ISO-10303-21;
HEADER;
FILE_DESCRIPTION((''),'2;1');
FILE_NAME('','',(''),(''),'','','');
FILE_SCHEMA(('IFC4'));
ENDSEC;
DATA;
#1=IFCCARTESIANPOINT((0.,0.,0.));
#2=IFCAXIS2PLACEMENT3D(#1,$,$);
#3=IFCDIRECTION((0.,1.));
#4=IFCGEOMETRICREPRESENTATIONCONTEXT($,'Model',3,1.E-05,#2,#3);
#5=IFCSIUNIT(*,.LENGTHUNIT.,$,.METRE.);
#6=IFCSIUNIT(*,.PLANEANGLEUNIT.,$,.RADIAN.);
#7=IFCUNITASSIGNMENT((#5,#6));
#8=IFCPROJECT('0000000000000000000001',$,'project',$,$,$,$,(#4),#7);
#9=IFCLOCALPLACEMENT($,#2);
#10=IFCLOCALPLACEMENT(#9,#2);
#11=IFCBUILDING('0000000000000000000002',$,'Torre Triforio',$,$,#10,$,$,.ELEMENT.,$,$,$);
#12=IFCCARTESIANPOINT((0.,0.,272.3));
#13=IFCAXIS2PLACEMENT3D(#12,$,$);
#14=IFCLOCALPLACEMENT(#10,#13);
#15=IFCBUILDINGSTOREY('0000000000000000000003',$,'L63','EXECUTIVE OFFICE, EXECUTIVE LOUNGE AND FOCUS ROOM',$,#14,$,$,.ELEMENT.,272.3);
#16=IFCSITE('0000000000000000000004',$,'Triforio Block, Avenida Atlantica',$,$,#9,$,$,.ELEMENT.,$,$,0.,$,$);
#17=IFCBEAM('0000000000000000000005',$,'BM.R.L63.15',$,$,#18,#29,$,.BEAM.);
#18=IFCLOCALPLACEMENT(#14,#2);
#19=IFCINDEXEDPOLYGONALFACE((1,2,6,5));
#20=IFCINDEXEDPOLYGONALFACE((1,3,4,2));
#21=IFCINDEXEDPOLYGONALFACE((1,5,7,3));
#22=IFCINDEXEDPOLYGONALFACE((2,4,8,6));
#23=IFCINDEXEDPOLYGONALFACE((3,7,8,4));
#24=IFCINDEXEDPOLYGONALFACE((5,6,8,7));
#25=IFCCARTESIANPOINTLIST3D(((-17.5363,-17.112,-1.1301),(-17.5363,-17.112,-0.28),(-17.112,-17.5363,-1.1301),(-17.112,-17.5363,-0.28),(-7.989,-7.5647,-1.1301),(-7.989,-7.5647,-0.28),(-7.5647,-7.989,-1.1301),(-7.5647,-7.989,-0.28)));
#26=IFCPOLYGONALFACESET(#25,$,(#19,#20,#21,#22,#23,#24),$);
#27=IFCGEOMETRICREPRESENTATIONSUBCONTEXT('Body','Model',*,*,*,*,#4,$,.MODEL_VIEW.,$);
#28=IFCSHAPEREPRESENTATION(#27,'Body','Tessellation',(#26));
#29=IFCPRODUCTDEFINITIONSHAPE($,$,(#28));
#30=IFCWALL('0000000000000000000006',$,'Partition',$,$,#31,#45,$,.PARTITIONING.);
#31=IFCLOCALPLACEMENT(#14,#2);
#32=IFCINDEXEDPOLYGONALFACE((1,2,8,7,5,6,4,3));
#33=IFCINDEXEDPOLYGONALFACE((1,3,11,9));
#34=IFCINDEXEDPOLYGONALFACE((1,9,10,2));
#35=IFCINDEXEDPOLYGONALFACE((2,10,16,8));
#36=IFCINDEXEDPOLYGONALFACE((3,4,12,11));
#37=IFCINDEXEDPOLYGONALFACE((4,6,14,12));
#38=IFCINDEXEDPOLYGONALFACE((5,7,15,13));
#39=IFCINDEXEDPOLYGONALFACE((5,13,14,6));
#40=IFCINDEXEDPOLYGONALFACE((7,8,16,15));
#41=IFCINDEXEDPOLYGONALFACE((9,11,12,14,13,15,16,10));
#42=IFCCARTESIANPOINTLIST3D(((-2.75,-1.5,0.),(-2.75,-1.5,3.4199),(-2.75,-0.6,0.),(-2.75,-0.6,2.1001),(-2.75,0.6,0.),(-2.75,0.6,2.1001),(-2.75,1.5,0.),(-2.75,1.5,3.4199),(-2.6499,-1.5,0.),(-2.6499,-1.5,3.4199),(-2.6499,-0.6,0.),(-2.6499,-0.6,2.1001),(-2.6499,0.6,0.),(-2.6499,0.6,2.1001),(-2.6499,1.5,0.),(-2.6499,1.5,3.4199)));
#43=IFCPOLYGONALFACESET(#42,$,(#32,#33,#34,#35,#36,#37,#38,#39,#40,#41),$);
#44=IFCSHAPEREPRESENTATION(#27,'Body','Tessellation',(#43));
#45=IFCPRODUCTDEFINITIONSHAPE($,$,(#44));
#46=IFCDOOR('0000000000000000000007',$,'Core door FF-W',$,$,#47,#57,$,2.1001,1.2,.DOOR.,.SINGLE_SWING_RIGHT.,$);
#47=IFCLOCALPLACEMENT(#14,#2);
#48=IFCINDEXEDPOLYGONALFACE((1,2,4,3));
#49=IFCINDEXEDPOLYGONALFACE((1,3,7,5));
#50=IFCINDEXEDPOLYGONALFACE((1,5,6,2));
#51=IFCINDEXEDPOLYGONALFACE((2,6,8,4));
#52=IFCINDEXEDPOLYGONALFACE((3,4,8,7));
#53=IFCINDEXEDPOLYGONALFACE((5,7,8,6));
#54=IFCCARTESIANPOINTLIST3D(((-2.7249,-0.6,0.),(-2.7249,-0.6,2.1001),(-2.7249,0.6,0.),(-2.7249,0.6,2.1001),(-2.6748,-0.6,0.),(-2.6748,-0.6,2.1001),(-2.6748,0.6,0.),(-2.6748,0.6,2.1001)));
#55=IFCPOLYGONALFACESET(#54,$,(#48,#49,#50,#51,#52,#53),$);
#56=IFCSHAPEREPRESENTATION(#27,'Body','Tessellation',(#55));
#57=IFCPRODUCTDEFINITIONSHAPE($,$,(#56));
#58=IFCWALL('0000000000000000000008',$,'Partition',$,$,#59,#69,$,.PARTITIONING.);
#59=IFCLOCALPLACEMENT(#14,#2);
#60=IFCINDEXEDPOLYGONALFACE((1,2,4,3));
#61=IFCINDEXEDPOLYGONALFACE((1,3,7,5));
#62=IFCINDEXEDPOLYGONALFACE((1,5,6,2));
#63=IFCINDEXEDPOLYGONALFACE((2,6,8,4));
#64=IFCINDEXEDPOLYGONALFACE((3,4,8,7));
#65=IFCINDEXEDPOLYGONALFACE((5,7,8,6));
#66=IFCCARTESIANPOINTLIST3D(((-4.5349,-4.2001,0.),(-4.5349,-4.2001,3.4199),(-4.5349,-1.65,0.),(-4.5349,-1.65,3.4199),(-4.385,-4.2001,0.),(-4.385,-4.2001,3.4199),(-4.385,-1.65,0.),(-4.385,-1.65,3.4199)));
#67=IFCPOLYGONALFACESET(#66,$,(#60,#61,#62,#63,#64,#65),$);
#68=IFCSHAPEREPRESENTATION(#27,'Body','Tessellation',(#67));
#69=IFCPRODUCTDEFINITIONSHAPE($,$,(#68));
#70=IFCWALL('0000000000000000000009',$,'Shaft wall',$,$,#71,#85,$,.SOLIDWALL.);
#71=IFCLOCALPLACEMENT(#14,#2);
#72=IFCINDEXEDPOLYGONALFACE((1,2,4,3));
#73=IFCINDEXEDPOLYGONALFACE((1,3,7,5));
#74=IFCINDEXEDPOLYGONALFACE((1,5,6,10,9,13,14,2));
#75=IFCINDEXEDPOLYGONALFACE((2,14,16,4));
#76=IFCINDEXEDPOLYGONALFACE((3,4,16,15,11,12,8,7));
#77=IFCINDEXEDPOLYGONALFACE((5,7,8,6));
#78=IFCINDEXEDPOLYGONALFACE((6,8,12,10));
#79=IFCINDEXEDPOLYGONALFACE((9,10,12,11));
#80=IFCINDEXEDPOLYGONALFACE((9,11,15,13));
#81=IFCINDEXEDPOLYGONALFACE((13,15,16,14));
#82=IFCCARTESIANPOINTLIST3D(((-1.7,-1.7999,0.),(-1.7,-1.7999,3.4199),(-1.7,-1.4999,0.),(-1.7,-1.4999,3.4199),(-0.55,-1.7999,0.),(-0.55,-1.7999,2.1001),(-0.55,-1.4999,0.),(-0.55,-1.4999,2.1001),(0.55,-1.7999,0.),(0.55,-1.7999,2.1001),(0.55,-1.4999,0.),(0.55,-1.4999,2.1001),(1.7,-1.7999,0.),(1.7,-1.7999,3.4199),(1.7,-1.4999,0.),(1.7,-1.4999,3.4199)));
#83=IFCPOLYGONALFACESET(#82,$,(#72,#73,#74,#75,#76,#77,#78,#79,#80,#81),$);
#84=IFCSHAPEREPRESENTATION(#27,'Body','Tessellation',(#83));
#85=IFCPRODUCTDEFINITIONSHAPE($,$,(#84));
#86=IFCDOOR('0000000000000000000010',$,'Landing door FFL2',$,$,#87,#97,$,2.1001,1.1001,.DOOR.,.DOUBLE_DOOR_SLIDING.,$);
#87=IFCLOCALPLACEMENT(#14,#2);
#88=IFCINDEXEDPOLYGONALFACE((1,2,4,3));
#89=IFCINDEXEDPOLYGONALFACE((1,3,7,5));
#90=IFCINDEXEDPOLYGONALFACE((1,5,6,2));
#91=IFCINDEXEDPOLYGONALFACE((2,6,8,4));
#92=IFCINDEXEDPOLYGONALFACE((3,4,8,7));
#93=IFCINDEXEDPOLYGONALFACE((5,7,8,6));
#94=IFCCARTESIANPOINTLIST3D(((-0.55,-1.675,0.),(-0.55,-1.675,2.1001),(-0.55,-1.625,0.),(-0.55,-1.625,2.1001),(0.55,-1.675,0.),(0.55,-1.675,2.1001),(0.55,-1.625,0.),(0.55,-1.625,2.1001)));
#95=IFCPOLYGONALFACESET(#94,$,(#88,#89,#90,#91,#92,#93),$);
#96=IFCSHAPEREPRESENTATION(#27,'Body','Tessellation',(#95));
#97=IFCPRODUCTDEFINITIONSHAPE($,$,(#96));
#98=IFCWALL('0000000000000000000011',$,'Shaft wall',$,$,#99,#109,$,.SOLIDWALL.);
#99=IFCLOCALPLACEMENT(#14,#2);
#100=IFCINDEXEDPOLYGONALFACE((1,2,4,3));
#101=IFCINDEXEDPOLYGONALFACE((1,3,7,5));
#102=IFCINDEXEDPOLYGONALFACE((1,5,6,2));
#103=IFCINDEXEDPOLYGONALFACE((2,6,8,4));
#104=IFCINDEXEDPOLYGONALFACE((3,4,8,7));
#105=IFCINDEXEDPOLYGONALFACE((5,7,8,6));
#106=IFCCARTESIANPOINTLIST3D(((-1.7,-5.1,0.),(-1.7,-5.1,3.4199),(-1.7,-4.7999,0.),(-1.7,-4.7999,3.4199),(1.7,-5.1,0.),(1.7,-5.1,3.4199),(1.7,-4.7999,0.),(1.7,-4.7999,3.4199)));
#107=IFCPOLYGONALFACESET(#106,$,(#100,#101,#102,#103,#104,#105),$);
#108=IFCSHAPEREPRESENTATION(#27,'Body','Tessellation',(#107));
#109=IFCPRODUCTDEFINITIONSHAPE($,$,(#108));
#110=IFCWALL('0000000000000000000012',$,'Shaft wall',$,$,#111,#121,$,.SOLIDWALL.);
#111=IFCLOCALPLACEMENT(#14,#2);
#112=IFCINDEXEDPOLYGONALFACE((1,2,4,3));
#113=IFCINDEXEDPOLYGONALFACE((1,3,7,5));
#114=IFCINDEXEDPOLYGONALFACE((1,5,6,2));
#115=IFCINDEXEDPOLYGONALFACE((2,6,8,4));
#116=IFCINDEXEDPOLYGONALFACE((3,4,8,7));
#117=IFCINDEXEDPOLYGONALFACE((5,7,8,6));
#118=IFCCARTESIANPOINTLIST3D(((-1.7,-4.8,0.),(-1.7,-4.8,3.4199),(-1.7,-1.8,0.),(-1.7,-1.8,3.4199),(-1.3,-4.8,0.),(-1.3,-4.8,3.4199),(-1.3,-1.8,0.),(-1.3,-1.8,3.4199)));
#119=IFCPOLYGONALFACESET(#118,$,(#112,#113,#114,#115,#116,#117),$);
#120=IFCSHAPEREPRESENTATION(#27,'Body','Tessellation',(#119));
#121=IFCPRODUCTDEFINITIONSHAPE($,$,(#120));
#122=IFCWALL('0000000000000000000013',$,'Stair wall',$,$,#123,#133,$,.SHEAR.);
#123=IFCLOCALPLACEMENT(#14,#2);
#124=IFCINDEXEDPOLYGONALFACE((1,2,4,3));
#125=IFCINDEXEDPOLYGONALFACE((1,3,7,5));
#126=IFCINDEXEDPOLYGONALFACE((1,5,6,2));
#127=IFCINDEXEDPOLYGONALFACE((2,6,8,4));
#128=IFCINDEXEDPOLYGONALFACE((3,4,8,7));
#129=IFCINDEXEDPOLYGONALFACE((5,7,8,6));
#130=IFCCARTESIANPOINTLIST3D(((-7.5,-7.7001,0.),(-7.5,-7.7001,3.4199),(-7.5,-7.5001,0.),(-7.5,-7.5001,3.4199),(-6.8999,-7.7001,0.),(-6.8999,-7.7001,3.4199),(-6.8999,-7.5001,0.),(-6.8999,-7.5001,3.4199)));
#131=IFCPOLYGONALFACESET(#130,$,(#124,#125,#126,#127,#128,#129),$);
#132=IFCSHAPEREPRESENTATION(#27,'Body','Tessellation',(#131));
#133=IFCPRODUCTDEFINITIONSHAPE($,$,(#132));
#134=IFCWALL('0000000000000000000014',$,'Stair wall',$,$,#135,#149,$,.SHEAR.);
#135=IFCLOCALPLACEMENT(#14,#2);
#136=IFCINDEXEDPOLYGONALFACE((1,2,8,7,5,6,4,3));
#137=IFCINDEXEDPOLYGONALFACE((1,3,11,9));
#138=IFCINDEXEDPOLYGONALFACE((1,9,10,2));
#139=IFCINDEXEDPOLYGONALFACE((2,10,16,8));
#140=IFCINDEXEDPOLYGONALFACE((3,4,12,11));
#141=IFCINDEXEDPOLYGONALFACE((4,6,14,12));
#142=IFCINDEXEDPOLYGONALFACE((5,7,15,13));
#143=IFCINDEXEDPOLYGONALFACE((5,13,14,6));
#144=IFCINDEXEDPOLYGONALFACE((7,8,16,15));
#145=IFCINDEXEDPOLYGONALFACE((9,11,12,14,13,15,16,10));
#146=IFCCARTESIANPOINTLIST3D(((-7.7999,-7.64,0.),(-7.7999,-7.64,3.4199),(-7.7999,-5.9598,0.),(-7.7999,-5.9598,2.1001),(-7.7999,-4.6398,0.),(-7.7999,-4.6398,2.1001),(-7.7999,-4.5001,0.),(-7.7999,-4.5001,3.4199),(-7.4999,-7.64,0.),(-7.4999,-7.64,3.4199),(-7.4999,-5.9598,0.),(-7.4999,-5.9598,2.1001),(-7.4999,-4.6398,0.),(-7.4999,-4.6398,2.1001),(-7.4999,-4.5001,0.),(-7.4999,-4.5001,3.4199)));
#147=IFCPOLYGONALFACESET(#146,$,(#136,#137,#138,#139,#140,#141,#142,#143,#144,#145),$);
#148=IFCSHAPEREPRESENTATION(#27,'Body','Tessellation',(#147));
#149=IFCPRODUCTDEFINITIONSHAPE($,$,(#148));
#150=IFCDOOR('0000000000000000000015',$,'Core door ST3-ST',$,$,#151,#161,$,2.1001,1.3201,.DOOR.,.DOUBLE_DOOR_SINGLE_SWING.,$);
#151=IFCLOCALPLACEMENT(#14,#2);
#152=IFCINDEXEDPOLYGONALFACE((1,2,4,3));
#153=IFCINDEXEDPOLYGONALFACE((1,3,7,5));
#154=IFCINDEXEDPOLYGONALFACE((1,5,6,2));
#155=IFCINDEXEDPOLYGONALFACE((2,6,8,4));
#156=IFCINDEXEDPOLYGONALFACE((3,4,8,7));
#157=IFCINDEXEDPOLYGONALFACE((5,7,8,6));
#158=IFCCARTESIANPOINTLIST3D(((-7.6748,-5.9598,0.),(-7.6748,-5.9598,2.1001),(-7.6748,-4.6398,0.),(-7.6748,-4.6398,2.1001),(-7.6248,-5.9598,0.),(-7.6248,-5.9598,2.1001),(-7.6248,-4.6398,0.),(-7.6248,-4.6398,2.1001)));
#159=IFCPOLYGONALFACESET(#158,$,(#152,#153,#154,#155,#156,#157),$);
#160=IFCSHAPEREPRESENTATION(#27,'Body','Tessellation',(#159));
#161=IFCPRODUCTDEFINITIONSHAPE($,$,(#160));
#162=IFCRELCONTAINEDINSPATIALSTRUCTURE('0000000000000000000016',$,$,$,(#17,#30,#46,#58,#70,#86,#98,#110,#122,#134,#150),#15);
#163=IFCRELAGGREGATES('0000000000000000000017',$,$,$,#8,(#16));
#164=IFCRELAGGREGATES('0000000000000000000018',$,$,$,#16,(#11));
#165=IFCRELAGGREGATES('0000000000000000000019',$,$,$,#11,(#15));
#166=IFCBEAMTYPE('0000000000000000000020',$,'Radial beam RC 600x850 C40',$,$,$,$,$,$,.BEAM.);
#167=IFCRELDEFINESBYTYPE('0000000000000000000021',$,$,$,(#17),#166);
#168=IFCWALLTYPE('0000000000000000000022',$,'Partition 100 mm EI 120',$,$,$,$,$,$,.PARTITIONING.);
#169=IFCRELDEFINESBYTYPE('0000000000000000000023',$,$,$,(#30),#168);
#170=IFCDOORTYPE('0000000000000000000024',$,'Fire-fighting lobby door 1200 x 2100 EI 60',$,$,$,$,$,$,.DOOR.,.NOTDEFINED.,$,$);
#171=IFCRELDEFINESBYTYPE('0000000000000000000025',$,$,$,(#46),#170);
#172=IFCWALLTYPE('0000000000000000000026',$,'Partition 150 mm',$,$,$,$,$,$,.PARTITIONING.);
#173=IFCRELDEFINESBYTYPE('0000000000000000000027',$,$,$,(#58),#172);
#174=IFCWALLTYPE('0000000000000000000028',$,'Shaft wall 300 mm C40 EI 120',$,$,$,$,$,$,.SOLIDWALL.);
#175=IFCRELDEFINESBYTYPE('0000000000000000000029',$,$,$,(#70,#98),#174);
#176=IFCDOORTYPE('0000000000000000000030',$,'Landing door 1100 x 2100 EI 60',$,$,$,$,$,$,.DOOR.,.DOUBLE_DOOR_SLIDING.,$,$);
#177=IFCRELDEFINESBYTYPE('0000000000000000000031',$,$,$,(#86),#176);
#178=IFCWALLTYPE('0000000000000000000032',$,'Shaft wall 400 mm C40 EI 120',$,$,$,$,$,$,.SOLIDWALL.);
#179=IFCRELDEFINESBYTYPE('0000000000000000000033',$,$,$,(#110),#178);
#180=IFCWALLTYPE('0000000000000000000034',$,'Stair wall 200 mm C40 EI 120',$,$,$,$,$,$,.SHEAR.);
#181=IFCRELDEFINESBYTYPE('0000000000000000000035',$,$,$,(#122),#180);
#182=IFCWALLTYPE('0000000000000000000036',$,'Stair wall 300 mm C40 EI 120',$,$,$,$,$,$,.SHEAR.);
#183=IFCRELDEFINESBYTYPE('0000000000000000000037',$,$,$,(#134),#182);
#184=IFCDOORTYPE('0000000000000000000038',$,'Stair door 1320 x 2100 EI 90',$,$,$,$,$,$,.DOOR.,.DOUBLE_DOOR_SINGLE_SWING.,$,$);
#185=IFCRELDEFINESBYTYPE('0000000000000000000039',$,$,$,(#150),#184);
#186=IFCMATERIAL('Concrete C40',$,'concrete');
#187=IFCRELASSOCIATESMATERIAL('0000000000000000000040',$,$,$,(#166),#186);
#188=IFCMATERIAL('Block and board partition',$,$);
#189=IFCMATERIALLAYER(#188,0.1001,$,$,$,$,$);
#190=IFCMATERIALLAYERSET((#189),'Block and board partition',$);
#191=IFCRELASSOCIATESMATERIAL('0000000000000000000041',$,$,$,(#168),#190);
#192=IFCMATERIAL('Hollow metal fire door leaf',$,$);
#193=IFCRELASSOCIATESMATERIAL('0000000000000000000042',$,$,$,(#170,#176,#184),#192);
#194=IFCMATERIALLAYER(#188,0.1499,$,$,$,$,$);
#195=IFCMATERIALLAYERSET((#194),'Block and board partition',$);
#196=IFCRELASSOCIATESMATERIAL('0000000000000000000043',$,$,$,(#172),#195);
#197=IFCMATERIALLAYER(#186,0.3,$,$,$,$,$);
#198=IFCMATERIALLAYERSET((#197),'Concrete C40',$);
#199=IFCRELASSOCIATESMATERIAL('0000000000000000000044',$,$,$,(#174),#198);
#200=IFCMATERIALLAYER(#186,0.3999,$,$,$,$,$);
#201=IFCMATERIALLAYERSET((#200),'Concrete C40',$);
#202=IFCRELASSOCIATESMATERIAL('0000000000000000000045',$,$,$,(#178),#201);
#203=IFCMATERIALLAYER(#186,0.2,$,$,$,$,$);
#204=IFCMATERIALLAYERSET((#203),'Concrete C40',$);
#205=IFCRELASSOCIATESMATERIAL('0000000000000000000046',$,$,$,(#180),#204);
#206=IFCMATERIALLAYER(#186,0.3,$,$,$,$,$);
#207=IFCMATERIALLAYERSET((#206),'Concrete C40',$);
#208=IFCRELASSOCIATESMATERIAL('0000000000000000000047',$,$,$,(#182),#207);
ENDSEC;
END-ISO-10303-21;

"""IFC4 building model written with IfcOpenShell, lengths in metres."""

from ifc_helpers import new_model, si_unit, direction, frame, frame_2d, origin, origin_2d, place, context, subcontext, project, spatial, rectangle, extrude, material, layer, layer_set, material_profile, profile_set, type_object, element, fill, save


model = new_model("IFC4")

# Units and contexts
model_context = context("Model", 3, precision=1e-05, world=origin(), true_north=direction((0.0, 1.0)))
body_context = subcontext(model_context, "Body", "Model", "MODEL_VIEW")
ifc_project = project(units=[si_unit("LENGTHUNIT", "METRE"), si_unit("PLANEANGLEUNIT", "RADIAN")], contexts=[model_context])

# Site, building, storey
site_placement = place(None, origin())
site = spatial("IfcSite", under=ifc_project, at=site_placement, Name="Triforio Block, Avenida Atlantica", CompositionType="ELEMENT", RefElevation=0.0)
building_placement = place(site_placement, origin())
building = spatial("IfcBuilding", under=site, at=building_placement, Name="Torre Triforio", CompositionType="ELEMENT")
storey_placement = place(building_placement, frame((0.0, 0.0, 272.3)))
storey = spatial("IfcBuildingStorey", under=building, at=storey_placement, Name="L63", Description="EXECUTIVE OFFICE, EXECUTIVE LOUNGE AND FOCUS ROOM", CompositionType="ELEMENT", Elevation=272.3)

# Beam
ifc_material_1 = material(Name="Concrete C40", Category="concrete")
ifc_material_profile = material_profile(ifc_material_1, rectangle(XDim=0.6001, YDim=0.8501, at=origin_2d()), Name="RC 600x850")
ifc_profile_set = profile_set([ifc_material_profile], Name="Concrete C40")
beam_type = type_object("IfcBeamType", Name="Radial beam RC 600x850 C40", PredefinedType="BEAM", material=ifc_profile_set)
beam_placement = place(storey_placement, frame((-7.7769, -7.7769, -0.7051), z_axis=(-0.707107, -0.707107, 0.0), x_axis=(0.707107, -0.707107, 0.0)))
element("IfcBeam", 1, at=beam_placement, inside=storey, type_object=beam_type, Name="BM.R.L63.15", PredefinedType="BEAM", context=body_context, shape_type="SweptSolid", body=[
    extrude(rectangle(XDim=0.6001, YDim=0.8501, at=origin_2d()), origin(), (0.0, 0.0, 1.0), 13.502),
])

# Wall, opening, door
ifc_material_2 = material(Name="Block and board partition")
ifc_layer_1 = layer(ifc_material_2, 0.1001)
ifc_layer_set_1 = layer_set([ifc_layer_1], Name="Block and board partition")
wall_type_1 = type_object("IfcWallType", Name="Partition 100 mm EI 120", PredefinedType="PARTITIONING", material=ifc_layer_set_1)
wall_1_placement = place(storey_placement, frame((-2.7, -1.5, 0.0), z_axis=(0.0, 0.0, 1.0), x_axis=(0.0, 1.0, 0.0)))
wall_1 = element("IfcWall", 2, at=wall_1_placement, inside=storey, type_object=wall_type_1, Name="Partition", PredefinedType="PARTITIONING", context=body_context, shape_type="SweptSolid", body=[
    extrude(rectangle(XDim=3.0, YDim=0.1001, at=frame_2d((1.5, 0.0))), origin(), (0.0, 0.0, 1.0), 3.4199),
])
opening_1_placement = place(wall_1_placement, frame((0.8999, 0.0, 0.0)))
opening_1 = element("IfcOpeningElement", 3, at=opening_1_placement, cuts=wall_1, PredefinedType="OPENING", context=body_context, shape_type="SweptSolid", body=[
    extrude(rectangle(XDim=1.2, YDim=2.1001, at=frame_2d((0.6001, 1.05))), frame((0.0, 0.0601, 0.0), z_axis=(0.0, -1.0, 0.0), x_axis=(1.0, 0.0, 0.0)), (0.0, 0.0, 1.0), 0.1201),
])
ifc_material_3 = material(Name="Hollow metal fire door leaf")
door_type_1 = type_object("IfcDoorType", Name="Fire-fighting lobby door 1200 x 2100 EI 60", OperationType="NOTDEFINED", PredefinedType="DOOR", material=ifc_material_3)
door_1_placement = place(opening_1_placement, origin())
door_1 = element("IfcDoor", 4, at=door_1_placement, inside=storey, type_object=door_type_1, Name="Core door FF-W", OperationType="SINGLE_SWING_RIGHT", OverallHeight=2.1001, OverallWidth=1.2, PredefinedType="DOOR", context=body_context, shape_type="SweptSolid", body=[
    extrude(rectangle(XDim=1.2, YDim=2.1001, at=frame_2d((0.6001, 1.05))), frame((0.0, 0.0249, 0.0), z_axis=(0.0, -1.0, 0.0), x_axis=(1.0, 0.0, 0.0)), (0.0, 0.0, 1.0), 0.05),
])
fill(opening_1, door_1)

# Wall
ifc_layer_2 = layer(ifc_material_2, 0.1499)
ifc_layer_set_2 = layer_set([ifc_layer_2], Name="Block and board partition")
wall_type_2 = type_object("IfcWallType", Name="Partition 150 mm", PredefinedType="PARTITIONING", material=ifc_layer_set_2)
wall_2_placement = place(storey_placement, frame((-4.46, -4.2, 0.0), z_axis=(0.0, 0.0, 1.0), x_axis=(0.0, 1.0, 0.0)))
element("IfcWall", 5, at=wall_2_placement, inside=storey, type_object=wall_type_2, Name="Partition", PredefinedType="PARTITIONING", context=body_context, shape_type="SweptSolid", body=[
    extrude(rectangle(XDim=2.55, YDim=0.1499, at=frame_2d((1.2749, 0.0))), origin(), (0.0, 0.0, 1.0), 3.4199),
])

# Wall, opening, door
ifc_layer_3 = layer(ifc_material_1, 0.3)
ifc_layer_set_3 = layer_set([ifc_layer_3], Name="Concrete C40")
wall_type_3 = type_object("IfcWallType", Name="Shaft wall 300 mm C40 EI 120", PredefinedType="SOLIDWALL", material=ifc_layer_set_3)
wall_3_placement = place(storey_placement, frame((-1.7, -1.6499, 0.0), z_axis=(0.0, 0.0, 1.0), x_axis=(1.0, 0.0, 0.0)))
wall_3 = element("IfcWall", 6, at=wall_3_placement, inside=storey, type_object=wall_type_3, Name="Shaft wall", PredefinedType="SOLIDWALL", context=body_context, shape_type="SweptSolid", body=[
    extrude(rectangle(XDim=3.3999, YDim=0.3, at=frame_2d((1.7, 0.0))), origin(), (0.0, 0.0, 1.0), 3.4199),
])
opening_2_placement = place(wall_3_placement, frame((1.1499, 0.0, 0.0)))
opening_2 = element("IfcOpeningElement", 7, at=opening_2_placement, cuts=wall_3, PredefinedType="OPENING", context=body_context, shape_type="SweptSolid", body=[
    extrude(rectangle(XDim=1.1001, YDim=2.1001, at=frame_2d((0.55, 1.05))), frame((0.0, 0.1599, 0.0), z_axis=(0.0, -1.0, 0.0), x_axis=(1.0, 0.0, 0.0)), (0.0, 0.0, 1.0), 0.3201),
])
door_type_2 = type_object("IfcDoorType", Name="Landing door 1100 x 2100 EI 60", OperationType="DOUBLE_DOOR_SLIDING", PredefinedType="DOOR", material=ifc_material_3)
door_2_placement = place(opening_2_placement, origin())
door_2 = element("IfcDoor", 8, at=door_2_placement, inside=storey, type_object=door_type_2, Name="Landing door FFL2", OperationType="DOUBLE_DOOR_SLIDING", OverallHeight=2.1001, OverallWidth=1.1001, PredefinedType="DOOR", context=body_context, shape_type="SweptSolid", body=[
    extrude(rectangle(XDim=1.1001, YDim=2.1001, at=frame_2d((0.55, 1.05))), frame((0.0, 0.0249, 0.0), z_axis=(0.0, -1.0, 0.0), x_axis=(1.0, 0.0, 0.0)), (0.0, 0.0, 1.0), 0.05),
])
fill(opening_2, door_2)

# Walls
wall_4_placement = place(storey_placement, frame((-1.7, -4.95, 0.0), z_axis=(0.0, 0.0, 1.0), x_axis=(1.0, 0.0, 0.0)))
element("IfcWall", 9, at=wall_4_placement, inside=storey, type_object=wall_type_3, Name="Shaft wall", PredefinedType="SOLIDWALL", context=body_context, shape_type="SweptSolid", body=[
    extrude(rectangle(XDim=3.3999, YDim=0.3, at=frame_2d((1.7, 0.0))), origin(), (0.0, 0.0, 1.0), 3.4199),
])
ifc_layer_4 = layer(ifc_material_1, 0.3999)
ifc_layer_set_4 = layer_set([ifc_layer_4], Name="Concrete C40")
wall_type_4 = type_object("IfcWallType", Name="Shaft wall 400 mm C40 EI 120", PredefinedType="SOLIDWALL", material=ifc_layer_set_4)
wall_5_placement = place(storey_placement, frame((-1.5, -4.8, 0.0), z_axis=(0.0, 0.0, 1.0), x_axis=(0.0, 1.0, 0.0)))
element("IfcWall", 10, at=wall_5_placement, inside=storey, type_object=wall_type_4, Name="Shaft wall", PredefinedType="SOLIDWALL", context=body_context, shape_type="SweptSolid", body=[
    extrude(rectangle(XDim=3.0, YDim=0.3999, at=frame_2d((1.5, 0.0))), origin(), (0.0, 0.0, 1.0), 3.4199),
])
ifc_layer_5 = layer(ifc_material_1, 0.2)
ifc_layer_set_5 = layer_set([ifc_layer_5], Name="Concrete C40")
wall_type_5 = type_object("IfcWallType", Name="Stair wall 200 mm C40 EI 120", PredefinedType="SHEAR", material=ifc_layer_set_5)
wall_6_placement = place(storey_placement, frame((-7.5, -7.6001, 0.0), z_axis=(0.0, 0.0, 1.0), x_axis=(1.0, 0.0, 0.0)))
element("IfcWall", 11, at=wall_6_placement, inside=storey, type_object=wall_type_5, Name="Stair wall", PredefinedType="SHEAR", context=body_context, shape_type="SweptSolid", body=[
    extrude(rectangle(XDim=0.6001, YDim=0.2, at=frame_2d((0.3, 0.0))), origin(), (0.0, 0.0, 1.0), 3.4199),
])

# Wall, opening, door
ifc_layer_6 = layer(ifc_material_1, 0.3)
ifc_layer_set_6 = layer_set([ifc_layer_6], Name="Concrete C40")
wall_type_6 = type_object("IfcWallType", Name="Stair wall 300 mm C40 EI 120", PredefinedType="SHEAR", material=ifc_layer_set_6)
wall_7_placement = place(storey_placement, frame((-7.6499, -7.6399, 0.0), z_axis=(0.0, 0.0, 1.0), x_axis=(0.0, 1.0, 0.0)))
wall_7 = element("IfcWall", 12, at=wall_7_placement, inside=storey, type_object=wall_type_6, Name="Stair wall", PredefinedType="SHEAR", context=body_context, shape_type="SweptSolid", body=[
    extrude(rectangle(XDim=3.1399, YDim=0.3, at=frame_2d((1.5698, 0.0))), origin(), (0.0, 0.0, 1.0), 3.4199),
])
opening_3_placement = place(wall_7_placement, frame((1.6799, 0.0, 0.0)))
opening_3 = element("IfcOpeningElement", 13, at=opening_3_placement, cuts=wall_7, PredefinedType="OPENING", context=body_context, shape_type="SweptSolid", body=[
    extrude(rectangle(XDim=1.3201, YDim=2.1001, at=frame_2d((0.6602, 1.05))), frame((0.0, 0.1599, 0.0), z_axis=(0.0, -1.0, 0.0), x_axis=(1.0, 0.0, 0.0)), (0.0, 0.0, 1.0), 0.3201),
])
door_type_3 = type_object("IfcDoorType", Name="Stair door 1320 x 2100 EI 90", OperationType="DOUBLE_DOOR_SINGLE_SWING", PredefinedType="DOOR", material=ifc_material_3)
door_3_placement = place(opening_3_placement, origin())
door_3 = element("IfcDoor", 14, at=door_3_placement, inside=storey, type_object=door_type_3, Name="Core door ST3-ST", OperationType="DOUBLE_DOOR_SINGLE_SWING", OverallHeight=2.1001, OverallWidth=1.3201, PredefinedType="DOOR", context=body_context, shape_type="SweptSolid", body=[
    extrude(rectangle(XDim=1.3201, YDim=2.1001, at=frame_2d((0.6602, 1.05))), frame((0.0, 0.0249, 0.0), z_axis=(0.0, -1.0, 0.0), x_axis=(1.0, 0.0, 0.0)), (0.0, 0.0, 1.0), 0.05),
])
fill(opening_3, door_3)

save(model, "model.ifc")
